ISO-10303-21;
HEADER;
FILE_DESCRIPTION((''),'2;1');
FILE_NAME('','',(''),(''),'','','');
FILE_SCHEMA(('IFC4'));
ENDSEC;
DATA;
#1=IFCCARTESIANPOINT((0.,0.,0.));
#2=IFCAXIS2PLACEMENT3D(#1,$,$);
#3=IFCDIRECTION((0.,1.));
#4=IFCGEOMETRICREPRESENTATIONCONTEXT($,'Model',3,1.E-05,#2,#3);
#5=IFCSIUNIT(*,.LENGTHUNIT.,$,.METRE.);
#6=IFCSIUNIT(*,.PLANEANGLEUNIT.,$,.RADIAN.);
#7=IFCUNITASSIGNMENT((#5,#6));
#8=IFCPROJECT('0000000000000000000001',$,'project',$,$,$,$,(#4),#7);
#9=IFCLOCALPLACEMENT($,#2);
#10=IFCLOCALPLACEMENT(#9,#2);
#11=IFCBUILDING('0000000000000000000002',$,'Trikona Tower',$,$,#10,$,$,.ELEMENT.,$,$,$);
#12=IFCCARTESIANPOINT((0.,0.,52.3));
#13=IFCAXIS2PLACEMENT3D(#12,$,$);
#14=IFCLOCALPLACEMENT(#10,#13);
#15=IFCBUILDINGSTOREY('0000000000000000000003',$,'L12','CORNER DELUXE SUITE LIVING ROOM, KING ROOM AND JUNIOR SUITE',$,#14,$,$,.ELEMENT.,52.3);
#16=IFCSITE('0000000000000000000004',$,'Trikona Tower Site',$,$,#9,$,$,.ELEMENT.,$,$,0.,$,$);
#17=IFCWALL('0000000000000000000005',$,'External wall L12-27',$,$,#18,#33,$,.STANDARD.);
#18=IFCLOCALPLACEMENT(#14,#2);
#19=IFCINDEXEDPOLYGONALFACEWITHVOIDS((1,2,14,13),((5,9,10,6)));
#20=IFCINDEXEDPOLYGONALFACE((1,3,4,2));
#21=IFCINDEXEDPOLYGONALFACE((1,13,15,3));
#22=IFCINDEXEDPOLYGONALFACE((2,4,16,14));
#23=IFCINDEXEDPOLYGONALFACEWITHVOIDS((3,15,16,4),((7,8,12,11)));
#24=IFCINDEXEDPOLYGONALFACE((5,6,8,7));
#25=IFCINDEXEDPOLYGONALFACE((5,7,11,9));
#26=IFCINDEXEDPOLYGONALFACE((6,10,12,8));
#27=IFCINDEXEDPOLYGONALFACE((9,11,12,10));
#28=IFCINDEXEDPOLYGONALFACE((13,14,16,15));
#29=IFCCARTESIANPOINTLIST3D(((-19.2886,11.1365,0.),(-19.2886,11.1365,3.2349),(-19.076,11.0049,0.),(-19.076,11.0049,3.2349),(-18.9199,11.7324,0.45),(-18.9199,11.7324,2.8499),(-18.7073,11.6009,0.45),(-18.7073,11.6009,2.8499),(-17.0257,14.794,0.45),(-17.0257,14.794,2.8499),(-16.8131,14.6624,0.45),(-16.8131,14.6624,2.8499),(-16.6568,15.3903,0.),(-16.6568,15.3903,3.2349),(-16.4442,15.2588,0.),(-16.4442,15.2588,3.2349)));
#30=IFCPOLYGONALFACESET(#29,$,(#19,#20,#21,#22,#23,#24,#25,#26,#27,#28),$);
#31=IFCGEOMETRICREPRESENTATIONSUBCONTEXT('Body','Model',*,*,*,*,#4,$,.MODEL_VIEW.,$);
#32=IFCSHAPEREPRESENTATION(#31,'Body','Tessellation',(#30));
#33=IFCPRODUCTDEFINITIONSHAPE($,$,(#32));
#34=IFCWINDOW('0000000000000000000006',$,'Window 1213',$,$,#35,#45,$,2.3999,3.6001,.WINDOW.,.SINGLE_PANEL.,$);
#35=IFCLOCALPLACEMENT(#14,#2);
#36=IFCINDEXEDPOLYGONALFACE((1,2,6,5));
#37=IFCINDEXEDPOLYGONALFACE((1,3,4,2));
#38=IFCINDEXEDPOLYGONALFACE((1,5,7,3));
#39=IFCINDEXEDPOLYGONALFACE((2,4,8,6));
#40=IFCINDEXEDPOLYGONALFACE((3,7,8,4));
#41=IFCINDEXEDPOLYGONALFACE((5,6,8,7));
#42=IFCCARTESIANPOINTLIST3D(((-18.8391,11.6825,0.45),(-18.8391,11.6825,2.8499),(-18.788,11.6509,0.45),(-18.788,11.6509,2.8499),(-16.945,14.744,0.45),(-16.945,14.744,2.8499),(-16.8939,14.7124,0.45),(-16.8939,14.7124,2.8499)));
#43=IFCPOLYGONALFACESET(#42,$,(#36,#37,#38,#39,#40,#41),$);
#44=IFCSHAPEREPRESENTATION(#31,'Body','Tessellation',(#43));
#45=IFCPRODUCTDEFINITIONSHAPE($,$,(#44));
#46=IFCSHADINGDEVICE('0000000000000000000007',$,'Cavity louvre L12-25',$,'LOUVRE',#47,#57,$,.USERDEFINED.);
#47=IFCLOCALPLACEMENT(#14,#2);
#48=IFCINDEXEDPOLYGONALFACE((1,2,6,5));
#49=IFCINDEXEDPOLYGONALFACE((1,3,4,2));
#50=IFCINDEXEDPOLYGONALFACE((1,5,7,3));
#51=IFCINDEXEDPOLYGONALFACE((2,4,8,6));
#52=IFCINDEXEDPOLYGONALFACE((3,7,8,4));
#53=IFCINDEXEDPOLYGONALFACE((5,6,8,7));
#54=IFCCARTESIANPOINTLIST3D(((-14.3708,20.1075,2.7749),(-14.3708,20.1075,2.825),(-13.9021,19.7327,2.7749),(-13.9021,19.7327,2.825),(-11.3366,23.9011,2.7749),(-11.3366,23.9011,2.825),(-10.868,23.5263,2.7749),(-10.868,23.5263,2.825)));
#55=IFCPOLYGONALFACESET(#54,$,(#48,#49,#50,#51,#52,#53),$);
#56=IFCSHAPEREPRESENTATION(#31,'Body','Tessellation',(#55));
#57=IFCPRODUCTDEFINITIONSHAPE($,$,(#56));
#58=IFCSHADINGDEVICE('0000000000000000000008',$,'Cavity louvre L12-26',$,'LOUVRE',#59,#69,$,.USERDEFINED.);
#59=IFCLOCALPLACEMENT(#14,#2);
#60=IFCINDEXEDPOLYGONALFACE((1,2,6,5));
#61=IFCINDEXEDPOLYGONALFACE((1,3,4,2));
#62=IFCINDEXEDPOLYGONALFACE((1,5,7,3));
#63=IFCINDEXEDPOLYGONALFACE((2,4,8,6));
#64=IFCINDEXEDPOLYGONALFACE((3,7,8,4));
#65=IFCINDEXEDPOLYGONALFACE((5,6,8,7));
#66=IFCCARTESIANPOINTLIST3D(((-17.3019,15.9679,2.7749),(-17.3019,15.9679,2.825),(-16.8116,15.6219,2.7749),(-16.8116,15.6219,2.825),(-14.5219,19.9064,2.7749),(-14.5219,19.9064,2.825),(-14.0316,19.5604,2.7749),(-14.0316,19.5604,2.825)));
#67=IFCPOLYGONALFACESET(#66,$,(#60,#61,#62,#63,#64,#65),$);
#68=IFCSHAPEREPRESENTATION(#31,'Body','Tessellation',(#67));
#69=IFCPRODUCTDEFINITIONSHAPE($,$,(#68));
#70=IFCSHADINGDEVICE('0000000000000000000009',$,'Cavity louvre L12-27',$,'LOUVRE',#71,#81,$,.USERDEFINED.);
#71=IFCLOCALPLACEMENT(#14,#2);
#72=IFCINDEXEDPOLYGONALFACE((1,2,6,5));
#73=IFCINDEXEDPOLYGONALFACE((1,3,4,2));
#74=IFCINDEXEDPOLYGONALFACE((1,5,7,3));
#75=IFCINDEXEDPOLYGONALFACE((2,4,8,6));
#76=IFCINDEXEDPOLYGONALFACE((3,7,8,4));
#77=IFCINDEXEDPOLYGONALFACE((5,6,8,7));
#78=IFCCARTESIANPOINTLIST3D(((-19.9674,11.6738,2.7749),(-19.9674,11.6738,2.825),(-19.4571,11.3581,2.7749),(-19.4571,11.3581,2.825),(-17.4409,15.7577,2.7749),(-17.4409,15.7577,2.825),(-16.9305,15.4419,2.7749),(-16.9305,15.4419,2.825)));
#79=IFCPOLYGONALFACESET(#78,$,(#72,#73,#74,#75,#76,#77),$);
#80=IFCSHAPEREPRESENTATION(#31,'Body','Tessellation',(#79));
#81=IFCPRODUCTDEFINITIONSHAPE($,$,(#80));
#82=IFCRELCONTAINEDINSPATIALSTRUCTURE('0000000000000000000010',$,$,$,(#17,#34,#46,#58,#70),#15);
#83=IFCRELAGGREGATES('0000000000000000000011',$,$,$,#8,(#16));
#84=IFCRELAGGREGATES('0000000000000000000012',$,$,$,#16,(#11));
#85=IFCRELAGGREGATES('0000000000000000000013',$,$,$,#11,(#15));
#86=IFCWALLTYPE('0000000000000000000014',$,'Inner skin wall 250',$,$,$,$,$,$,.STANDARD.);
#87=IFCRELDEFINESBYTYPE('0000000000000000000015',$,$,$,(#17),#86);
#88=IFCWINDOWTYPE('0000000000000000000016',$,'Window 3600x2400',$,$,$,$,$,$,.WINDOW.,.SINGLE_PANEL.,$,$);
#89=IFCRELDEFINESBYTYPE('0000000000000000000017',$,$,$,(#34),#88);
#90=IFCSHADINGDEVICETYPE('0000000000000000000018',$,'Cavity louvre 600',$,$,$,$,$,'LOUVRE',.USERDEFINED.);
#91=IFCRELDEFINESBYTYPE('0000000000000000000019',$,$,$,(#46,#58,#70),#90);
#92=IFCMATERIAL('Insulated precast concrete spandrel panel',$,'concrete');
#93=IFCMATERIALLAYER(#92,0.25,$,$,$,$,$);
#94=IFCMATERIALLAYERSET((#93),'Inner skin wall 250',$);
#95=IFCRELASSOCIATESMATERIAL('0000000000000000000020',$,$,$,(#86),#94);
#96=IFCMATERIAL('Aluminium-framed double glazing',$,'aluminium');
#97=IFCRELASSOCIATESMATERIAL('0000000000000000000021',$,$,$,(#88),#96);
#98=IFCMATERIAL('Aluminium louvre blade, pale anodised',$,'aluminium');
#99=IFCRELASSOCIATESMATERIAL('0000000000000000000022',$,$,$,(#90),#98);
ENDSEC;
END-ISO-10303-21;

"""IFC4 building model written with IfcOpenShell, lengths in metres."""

from ifc_helpers import new_model, si_unit, direction, frame, frame_2d, origin, origin_2d, place, context, subcontext, project, spatial, rectangle, extrude, material, layer, layer_set, type_object, element, fill, save


model = new_model("IFC4")

# Units and contexts
model_context = context("Model", 3, precision=1e-05, world=origin(), true_north=direction((0.0, 1.0)))
body_context = subcontext(model_context, "Body", "Model", "MODEL_VIEW")
ifc_project = project(units=[si_unit("LENGTHUNIT", "METRE"), si_unit("PLANEANGLEUNIT", "RADIAN")], contexts=[model_context])

# Site, building, storey
site_placement = place(None, origin())
site = spatial("IfcSite", under=ifc_project, at=site_placement, Name="Trikona Tower Site", CompositionType="ELEMENT", RefElevation=0.0)
building_placement = place(site_placement, origin())
building = spatial("IfcBuilding", under=site, at=building_placement, Name="Trikona Tower", CompositionType="ELEMENT")
storey_placement = place(building_placement, frame((0.0, 0.0, 52.3)))
storey = spatial("IfcBuildingStorey", under=building, at=storey_placement, Name="L12", Description="CORNER DELUXE SUITE LIVING ROOM, KING ROOM AND JUNIOR SUITE", CompositionType="ELEMENT", Elevation=52.3)

# Wall, opening, window
ifc_material_1 = material(Name="Insulated precast concrete spandrel panel", Category="concrete")
ifc_layer_1 = layer(ifc_material_1, 0.25)
ifc_layer_set_1 = layer_set([ifc_layer_1], Name="Inner skin wall 250")
wall_type = type_object("IfcWallType", Name="Inner skin wall 250", PredefinedType="STANDARD", material=ifc_layer_set_1)
ifc_material_2 = material(Name="Aluminium-framed double glazing", Category="aluminium")
window_type = type_object("IfcWindowType", Name="Window 3600x2400", PartitioningType="SINGLE_PANEL", PredefinedType="WINDOW", material=ifc_material_2)
wall_1_placement = place(storey_placement, frame((-16.5505, 15.3245, 0.0), z_axis=(0.0, 0.0, 1.0), x_axis=(-0.526133, -0.850402, 0.0)))
wall_1 = element("IfcWall", 1, at=wall_1_placement, inside=storey, type_object=wall_type, Name="External wall L12-27", PredefinedType="STANDARD", context=body_context, shape_type="SweptSolid", body=[
    extrude(rectangle(XDim=5.0022, YDim=0.25, at=frame_2d((2.501, 0.0))), origin(), (0.0, 0.0, 1.0), 3.2349),
])
opening_1_placement = place(wall_1_placement, frame((0.7012, 0.0, 0.45)))
opening_1 = element("IfcOpeningElement", 2, at=opening_1_placement, cuts=wall_1, PredefinedType="OPENING", context=body_context, shape_type="SweptSolid", body=[
    extrude(rectangle(XDim=3.6001, YDim=2.3999, at=frame_2d((1.8, 1.2))), frame((0.0, 0.135, 0.0), z_axis=(0.0, -1.0, 0.0), x_axis=(1.0, 0.0, 0.0)), (0.0, 0.0, 1.0), 0.27),
])
window_1_placement = place(opening_1_placement, origin())
window_1 = element("IfcWindow", 3, at=window_1_placement, inside=storey, type_object=window_type, Name="Window 1213", OverallHeight=2.3999, OverallWidth=3.6001, PartitioningType="SINGLE_PANEL", PredefinedType="WINDOW", context=body_context, shape_type="SweptSolid", body=[
    extrude(rectangle(XDim=3.6001, YDim=2.3999, at=frame_2d((1.8, 1.2))), frame((0.0, 0.03, 0.0), z_axis=(0.0, -1.0, 0.0), x_axis=(1.0, 0.0, 0.0)), (0.0, 0.0, 1.0), 0.0601),
])
fill(opening_1, window_1)

# Shading devices
ifc_material_3 = material(Name="Aluminium louvre blade, pale anodised", Category="aluminium")
shading_device_type = type_object("IfcShadingDeviceType", Name="Cavity louvre 600", ElementType="LOUVRE", PredefinedType="USERDEFINED", material=ifc_material_3)
shading_device_1_placement = place(storey_placement, frame((-12.6194, 21.8169, 2.7749), z_axis=(0.0, 0.0, 1.0), x_axis=(-0.624604, -0.780942, 0.0)))
element("IfcShadingDevice", 4, at=shading_device_1_placement, inside=storey, type_object=shading_device_type, Name="Cavity louvre L12-25", ObjectType="LOUVRE", PredefinedType="USERDEFINED", context=body_context, shape_type="SweptSolid", body=[
    extrude(rectangle(XDim=4.8577, YDim=0.6001, at=origin_2d()), origin(), (0.0, 0.0, 1.0), 0.05),
])
shading_device_2_placement = place(storey_placement, frame((-15.6667, 17.7642, 2.7749), z_axis=(0.0, 0.0, 1.0), x_axis=(-0.576662, -0.816983, 0.0)))
element("IfcShadingDevice", 5, at=shading_device_2_placement, inside=storey, type_object=shading_device_type, Name="Cavity louvre L12-26", ObjectType="LOUVRE", PredefinedType="USERDEFINED", context=body_context, shape_type="SweptSolid", body=[
    extrude(rectangle(XDim=4.8208, YDim=0.6001, at=origin_2d()), origin(), (0.0, 0.0, 1.0), 0.05),
])
shading_device_3_placement = place(storey_placement, frame((-18.449, 13.5579, 2.7749), z_axis=(0.0, 0.0, 1.0), x_axis=(-0.526119, -0.850411, 0.0)))
element("IfcShadingDevice", 6, at=shading_device_3_placement, inside=storey, type_object=shading_device_type, Name="Cavity louvre L12-27", ObjectType="LOUVRE", PredefinedType="USERDEFINED", context=body_context, shape_type="SweptSolid", body=[
    extrude(rectangle(XDim=4.8022, YDim=0.6001, at=origin_2d()), origin(), (0.0, 0.0, 1.0), 0.05),
])

save(model, "model.ifc")
